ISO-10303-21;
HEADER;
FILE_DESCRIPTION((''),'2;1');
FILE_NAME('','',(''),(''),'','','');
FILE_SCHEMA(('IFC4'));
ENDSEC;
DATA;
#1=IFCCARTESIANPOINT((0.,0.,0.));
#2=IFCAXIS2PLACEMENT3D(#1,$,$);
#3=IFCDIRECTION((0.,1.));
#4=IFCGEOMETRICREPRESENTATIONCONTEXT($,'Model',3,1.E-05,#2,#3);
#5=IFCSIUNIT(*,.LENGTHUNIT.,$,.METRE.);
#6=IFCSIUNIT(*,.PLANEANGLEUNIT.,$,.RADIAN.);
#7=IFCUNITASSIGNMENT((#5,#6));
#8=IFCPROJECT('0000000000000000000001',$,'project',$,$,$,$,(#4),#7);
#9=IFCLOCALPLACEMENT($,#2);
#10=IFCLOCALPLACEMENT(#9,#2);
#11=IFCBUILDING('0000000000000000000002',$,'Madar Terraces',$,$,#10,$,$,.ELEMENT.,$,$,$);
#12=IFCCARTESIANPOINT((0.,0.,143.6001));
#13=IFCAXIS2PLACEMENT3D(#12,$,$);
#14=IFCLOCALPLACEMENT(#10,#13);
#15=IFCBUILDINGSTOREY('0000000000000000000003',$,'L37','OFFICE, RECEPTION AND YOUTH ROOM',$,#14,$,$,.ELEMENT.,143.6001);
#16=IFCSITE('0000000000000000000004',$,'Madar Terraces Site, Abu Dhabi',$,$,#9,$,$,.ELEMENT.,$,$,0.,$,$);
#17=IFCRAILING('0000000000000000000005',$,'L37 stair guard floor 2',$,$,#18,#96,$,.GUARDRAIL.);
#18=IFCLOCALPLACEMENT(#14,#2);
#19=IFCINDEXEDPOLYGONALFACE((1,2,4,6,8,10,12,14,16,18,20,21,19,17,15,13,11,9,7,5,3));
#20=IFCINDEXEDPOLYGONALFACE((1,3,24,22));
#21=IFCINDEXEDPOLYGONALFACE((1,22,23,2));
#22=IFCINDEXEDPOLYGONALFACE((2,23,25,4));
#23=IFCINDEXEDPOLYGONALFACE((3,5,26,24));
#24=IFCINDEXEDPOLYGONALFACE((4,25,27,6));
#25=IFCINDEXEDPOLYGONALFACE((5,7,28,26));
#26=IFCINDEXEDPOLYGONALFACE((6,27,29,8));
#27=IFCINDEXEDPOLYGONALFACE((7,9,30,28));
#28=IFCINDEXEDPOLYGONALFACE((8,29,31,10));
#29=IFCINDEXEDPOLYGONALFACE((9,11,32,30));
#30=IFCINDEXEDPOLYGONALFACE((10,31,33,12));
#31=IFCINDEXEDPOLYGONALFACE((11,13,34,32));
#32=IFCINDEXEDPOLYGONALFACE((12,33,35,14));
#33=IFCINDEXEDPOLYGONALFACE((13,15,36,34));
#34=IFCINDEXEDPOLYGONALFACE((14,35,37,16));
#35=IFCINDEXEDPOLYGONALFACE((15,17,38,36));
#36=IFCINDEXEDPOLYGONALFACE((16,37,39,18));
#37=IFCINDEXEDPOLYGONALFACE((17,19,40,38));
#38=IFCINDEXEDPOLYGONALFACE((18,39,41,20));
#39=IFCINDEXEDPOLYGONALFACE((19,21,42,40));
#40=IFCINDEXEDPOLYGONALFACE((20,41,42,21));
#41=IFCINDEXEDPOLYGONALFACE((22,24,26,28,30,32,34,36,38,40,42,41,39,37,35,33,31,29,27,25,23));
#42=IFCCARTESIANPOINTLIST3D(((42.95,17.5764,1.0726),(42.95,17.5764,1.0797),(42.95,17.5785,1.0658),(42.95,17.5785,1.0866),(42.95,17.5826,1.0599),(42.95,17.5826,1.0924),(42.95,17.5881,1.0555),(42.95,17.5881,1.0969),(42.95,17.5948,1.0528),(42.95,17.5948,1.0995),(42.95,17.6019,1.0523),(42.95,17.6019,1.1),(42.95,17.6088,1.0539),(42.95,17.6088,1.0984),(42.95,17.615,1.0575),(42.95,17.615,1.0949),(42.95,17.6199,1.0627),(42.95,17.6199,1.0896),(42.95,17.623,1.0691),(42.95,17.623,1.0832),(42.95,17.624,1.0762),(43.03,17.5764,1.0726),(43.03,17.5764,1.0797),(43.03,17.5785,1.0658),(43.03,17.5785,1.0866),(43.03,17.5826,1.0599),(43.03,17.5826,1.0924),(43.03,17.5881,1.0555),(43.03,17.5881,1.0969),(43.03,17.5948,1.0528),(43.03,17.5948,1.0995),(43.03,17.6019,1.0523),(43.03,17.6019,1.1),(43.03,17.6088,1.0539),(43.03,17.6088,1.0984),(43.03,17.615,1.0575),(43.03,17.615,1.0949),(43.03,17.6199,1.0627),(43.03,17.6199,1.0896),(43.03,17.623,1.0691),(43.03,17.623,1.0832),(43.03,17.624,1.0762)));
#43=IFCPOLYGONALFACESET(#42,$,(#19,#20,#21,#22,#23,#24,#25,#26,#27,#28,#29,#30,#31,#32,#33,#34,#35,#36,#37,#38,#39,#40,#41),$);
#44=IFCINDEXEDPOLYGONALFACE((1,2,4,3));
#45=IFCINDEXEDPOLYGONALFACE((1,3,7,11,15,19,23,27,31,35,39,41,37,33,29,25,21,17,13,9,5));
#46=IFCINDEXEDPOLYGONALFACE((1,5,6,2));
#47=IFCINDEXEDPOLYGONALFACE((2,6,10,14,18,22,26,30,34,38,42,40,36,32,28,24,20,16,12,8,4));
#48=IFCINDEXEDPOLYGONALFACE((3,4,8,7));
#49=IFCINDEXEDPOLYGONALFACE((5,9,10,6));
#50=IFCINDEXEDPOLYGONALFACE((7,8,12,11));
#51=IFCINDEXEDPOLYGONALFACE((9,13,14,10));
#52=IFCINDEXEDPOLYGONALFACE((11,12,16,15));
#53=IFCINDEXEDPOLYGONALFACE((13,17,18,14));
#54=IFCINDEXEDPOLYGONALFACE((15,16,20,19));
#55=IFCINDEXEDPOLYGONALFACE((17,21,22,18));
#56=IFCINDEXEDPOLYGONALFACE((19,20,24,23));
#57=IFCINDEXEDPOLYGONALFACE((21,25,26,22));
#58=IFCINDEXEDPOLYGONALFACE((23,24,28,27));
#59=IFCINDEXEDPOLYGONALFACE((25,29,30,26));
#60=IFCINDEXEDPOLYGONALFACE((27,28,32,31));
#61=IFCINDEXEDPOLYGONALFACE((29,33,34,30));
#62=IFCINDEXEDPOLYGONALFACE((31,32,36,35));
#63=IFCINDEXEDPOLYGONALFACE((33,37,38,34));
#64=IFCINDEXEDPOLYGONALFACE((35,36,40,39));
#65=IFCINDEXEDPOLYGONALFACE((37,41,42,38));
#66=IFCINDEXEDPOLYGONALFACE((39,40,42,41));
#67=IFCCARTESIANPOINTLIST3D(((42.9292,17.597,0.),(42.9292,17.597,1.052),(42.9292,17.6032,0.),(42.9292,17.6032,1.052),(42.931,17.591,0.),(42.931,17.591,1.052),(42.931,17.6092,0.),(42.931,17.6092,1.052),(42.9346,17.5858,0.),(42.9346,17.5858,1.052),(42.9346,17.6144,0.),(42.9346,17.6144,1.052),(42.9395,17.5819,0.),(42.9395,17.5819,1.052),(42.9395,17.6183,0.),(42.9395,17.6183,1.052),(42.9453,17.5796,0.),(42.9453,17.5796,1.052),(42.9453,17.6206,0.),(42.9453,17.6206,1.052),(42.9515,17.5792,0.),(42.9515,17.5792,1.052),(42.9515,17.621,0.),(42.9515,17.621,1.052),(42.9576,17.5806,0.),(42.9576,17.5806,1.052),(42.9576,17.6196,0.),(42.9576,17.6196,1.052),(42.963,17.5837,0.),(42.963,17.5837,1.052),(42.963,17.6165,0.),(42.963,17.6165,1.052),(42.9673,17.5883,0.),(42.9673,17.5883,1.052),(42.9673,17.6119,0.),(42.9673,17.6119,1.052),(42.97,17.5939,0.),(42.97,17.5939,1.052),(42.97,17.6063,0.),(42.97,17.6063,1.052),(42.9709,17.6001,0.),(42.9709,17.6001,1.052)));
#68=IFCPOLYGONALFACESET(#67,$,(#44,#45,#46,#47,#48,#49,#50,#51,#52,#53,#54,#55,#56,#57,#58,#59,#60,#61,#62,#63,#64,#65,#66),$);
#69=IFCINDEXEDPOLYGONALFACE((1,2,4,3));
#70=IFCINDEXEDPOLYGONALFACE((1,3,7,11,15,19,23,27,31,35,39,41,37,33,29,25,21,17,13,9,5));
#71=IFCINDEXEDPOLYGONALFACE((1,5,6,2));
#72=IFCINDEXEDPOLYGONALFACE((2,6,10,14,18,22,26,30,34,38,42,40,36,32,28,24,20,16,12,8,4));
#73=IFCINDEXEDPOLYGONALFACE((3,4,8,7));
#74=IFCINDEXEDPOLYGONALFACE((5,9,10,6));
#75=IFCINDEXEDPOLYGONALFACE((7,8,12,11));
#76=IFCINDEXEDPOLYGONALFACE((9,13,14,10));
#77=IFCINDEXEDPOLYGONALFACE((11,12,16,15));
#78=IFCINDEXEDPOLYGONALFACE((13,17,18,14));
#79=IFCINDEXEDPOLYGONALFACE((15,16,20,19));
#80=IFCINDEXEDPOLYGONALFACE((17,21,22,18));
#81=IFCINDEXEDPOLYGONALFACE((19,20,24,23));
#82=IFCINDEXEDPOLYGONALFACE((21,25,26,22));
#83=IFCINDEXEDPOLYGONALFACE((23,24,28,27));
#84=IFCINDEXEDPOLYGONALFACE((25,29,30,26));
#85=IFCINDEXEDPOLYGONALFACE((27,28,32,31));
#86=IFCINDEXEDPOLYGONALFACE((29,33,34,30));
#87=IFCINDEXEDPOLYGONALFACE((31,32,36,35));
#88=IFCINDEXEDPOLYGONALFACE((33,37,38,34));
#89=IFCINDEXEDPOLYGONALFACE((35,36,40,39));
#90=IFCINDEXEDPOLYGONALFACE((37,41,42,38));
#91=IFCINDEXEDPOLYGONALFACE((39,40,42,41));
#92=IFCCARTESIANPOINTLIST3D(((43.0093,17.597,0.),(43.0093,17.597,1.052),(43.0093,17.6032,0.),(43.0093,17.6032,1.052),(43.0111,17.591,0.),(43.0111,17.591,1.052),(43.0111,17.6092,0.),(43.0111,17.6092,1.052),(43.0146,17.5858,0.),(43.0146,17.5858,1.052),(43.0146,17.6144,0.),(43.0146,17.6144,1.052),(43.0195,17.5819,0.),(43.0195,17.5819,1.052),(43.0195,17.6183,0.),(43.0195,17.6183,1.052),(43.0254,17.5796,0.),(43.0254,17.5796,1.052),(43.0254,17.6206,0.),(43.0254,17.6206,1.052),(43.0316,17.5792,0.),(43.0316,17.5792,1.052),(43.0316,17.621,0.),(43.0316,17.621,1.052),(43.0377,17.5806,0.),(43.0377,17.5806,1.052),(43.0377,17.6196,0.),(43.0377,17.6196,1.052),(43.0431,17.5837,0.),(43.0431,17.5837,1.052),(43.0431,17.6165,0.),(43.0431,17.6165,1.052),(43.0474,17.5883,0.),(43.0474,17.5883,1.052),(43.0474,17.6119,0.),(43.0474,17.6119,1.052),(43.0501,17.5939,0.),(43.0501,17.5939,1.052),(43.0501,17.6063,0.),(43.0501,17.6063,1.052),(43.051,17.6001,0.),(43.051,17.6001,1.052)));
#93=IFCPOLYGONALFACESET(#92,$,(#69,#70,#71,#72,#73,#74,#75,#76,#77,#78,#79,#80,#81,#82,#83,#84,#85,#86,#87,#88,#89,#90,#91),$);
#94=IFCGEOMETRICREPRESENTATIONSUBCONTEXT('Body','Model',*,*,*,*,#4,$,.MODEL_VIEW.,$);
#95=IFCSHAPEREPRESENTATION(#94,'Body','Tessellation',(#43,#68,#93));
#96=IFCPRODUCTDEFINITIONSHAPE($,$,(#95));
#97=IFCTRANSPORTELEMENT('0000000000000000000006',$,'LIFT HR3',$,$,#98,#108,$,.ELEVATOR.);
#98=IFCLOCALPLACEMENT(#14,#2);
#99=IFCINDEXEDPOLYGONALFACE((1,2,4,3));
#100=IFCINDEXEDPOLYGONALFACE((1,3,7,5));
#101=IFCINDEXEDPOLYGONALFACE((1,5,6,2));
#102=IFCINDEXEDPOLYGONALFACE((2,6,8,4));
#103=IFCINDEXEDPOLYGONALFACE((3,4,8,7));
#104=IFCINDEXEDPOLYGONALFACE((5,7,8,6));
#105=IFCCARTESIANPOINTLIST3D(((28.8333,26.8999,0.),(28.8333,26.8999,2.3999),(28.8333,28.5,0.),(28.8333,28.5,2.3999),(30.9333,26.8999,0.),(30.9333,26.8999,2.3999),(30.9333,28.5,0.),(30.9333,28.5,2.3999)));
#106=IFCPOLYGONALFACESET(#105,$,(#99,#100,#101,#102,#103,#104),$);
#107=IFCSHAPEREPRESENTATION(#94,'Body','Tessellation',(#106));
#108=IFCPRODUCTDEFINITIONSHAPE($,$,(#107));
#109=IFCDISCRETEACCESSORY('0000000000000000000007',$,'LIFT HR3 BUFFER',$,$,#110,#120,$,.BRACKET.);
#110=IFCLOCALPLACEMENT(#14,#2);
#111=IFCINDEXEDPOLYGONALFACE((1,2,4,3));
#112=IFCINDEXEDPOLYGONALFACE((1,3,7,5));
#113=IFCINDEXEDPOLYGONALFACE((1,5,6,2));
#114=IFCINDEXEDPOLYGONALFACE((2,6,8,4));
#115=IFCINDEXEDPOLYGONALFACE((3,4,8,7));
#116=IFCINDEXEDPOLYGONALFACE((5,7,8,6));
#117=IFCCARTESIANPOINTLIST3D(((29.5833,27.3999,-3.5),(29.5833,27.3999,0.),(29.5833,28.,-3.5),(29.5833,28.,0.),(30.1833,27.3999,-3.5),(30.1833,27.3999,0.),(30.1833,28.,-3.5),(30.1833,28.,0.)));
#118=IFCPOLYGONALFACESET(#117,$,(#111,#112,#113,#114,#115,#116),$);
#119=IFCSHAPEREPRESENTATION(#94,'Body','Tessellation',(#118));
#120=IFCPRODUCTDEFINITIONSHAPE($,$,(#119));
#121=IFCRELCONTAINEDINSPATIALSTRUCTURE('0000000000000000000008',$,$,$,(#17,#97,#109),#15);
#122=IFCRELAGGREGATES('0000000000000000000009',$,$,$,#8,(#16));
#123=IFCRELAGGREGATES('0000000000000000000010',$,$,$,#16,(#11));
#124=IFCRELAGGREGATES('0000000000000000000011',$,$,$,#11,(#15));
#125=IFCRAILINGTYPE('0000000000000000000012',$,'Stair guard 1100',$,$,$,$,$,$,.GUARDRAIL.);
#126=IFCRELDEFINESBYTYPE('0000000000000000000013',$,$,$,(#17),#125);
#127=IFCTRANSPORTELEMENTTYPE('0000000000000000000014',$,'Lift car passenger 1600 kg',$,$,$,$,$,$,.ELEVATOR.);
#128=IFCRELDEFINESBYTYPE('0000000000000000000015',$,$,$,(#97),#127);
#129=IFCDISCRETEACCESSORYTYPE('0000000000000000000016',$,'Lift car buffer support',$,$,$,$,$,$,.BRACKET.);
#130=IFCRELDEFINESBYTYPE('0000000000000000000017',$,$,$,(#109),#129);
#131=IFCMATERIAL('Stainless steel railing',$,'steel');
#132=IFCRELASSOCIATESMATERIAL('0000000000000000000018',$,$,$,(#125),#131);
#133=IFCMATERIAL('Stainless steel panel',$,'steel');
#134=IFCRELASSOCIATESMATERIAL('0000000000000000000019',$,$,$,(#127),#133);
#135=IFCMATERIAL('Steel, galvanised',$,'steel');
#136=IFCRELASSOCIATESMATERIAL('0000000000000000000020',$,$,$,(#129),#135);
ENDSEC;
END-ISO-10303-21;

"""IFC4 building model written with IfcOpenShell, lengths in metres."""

from ifc_helpers import new_model, si_unit, direction, frame, origin, origin_2d, place, context, subcontext, project, spatial, rectangle, circle, extrude, material, type_object, element, save


model = new_model("IFC4")

# Units and contexts
model_context = context("Model", 3, precision=1e-05, world=origin(), true_north=direction((0.0, 1.0)))
body_context = subcontext(model_context, "Body", "Model", "MODEL_VIEW")
ifc_project = project(units=[si_unit("LENGTHUNIT", "METRE"), si_unit("PLANEANGLEUNIT", "RADIAN")], contexts=[model_context])

# Site, building, storey
site_placement = place(None, origin())
site = spatial("IfcSite", under=ifc_project, at=site_placement, Name="Madar Terraces Site, Abu Dhabi", CompositionType="ELEMENT", RefElevation=0.0)
building_placement = place(site_placement, origin())
building = spatial("IfcBuilding", under=site, at=building_placement, Name="Madar Terraces", CompositionType="ELEMENT")
storey_placement = place(building_placement, frame((0.0, 0.0, 143.6001)))
storey = spatial("IfcBuildingStorey", under=building, at=storey_placement, Name="L37", Description="OFFICE, RECEPTION AND YOUTH ROOM", CompositionType="ELEMENT", Elevation=143.6001)

# Railing
ifc_material_1 = material(Name="Stainless steel railing", Category="steel")
railing_type_1 = type_object("IfcRailingType", Name="Stair guard 1100", PredefinedType="GUARDRAIL", material=ifc_material_1)
railing_1_placement = place(storey_placement, frame((42.95, 17.6001, 0.0)))
element("IfcRailing", 1, at=railing_1_placement, inside=storey, type_object=railing_type_1, Name="L37 stair guard floor 2", PredefinedType="GUARDRAIL", context=body_context, shape_type="SweptSolid", body=[
    extrude(circle(Radius=0.0239, at=origin_2d()), frame((0.0, 0.0, 1.0762), z_axis=(1.0, 0.0, 0.0), x_axis=(0.0, 1.0, 0.0)), (0.0, 0.0, 1.0), 0.0801),
    extrude(circle(Radius=0.021, at=origin_2d()), origin(), (0.0, 0.0, 1.0), 1.052),
    extrude(circle(Radius=0.021, at=origin_2d()), frame((0.0801, 0.0, 0.0)), (0.0, 0.0, 1.0), 1.052),
])

# Transport element
ifc_material_2 = material(Name="Stainless steel panel", Category="steel")
transport_element_type = type_object("IfcTransportElementType", Name="Lift car passenger 1600 kg", PredefinedType="ELEVATOR", material=ifc_material_2)
transport_element_placement = place(storey_placement, frame((29.8833, 27.7, 0.0), z_axis=(0.0, 0.0, 1.0), x_axis=(1.0, 0.0, 0.0)))
element("IfcTransportElement", 2, at=transport_element_placement, inside=storey, type_object=transport_element_type, Name="LIFT HR3", PredefinedType="ELEVATOR", context=body_context, shape_type="SweptSolid", body=[
    extrude(rectangle(XDim=2.1001, YDim=1.6001, at=origin_2d()), origin(), (0.0, 0.0, 1.0), 2.3999),
])

# Discrete accessory
ifc_material_3 = material(Name="Steel, galvanised", Category="steel")
discrete_accessory_type = type_object("IfcDiscreteAccessoryType", Name="Lift car buffer support", PredefinedType="BRACKET", material=ifc_material_3)
discrete_accessory_placement = place(storey_placement, frame((29.8833, 27.7, -3.5), z_axis=(0.0, 0.0, 1.0), x_axis=(1.0, 0.0, 0.0)))
element("IfcDiscreteAccessory", 3, at=discrete_accessory_placement, inside=storey, type_object=discrete_accessory_type, Name="LIFT HR3 BUFFER", PredefinedType="BRACKET", context=body_context, shape_type="SweptSolid", body=[
    extrude(rectangle(XDim=0.6001, YDim=0.6001, at=origin_2d()), origin(), (0.0, 0.0, 1.0), 3.5),
])

save(model, "model.ifc")
